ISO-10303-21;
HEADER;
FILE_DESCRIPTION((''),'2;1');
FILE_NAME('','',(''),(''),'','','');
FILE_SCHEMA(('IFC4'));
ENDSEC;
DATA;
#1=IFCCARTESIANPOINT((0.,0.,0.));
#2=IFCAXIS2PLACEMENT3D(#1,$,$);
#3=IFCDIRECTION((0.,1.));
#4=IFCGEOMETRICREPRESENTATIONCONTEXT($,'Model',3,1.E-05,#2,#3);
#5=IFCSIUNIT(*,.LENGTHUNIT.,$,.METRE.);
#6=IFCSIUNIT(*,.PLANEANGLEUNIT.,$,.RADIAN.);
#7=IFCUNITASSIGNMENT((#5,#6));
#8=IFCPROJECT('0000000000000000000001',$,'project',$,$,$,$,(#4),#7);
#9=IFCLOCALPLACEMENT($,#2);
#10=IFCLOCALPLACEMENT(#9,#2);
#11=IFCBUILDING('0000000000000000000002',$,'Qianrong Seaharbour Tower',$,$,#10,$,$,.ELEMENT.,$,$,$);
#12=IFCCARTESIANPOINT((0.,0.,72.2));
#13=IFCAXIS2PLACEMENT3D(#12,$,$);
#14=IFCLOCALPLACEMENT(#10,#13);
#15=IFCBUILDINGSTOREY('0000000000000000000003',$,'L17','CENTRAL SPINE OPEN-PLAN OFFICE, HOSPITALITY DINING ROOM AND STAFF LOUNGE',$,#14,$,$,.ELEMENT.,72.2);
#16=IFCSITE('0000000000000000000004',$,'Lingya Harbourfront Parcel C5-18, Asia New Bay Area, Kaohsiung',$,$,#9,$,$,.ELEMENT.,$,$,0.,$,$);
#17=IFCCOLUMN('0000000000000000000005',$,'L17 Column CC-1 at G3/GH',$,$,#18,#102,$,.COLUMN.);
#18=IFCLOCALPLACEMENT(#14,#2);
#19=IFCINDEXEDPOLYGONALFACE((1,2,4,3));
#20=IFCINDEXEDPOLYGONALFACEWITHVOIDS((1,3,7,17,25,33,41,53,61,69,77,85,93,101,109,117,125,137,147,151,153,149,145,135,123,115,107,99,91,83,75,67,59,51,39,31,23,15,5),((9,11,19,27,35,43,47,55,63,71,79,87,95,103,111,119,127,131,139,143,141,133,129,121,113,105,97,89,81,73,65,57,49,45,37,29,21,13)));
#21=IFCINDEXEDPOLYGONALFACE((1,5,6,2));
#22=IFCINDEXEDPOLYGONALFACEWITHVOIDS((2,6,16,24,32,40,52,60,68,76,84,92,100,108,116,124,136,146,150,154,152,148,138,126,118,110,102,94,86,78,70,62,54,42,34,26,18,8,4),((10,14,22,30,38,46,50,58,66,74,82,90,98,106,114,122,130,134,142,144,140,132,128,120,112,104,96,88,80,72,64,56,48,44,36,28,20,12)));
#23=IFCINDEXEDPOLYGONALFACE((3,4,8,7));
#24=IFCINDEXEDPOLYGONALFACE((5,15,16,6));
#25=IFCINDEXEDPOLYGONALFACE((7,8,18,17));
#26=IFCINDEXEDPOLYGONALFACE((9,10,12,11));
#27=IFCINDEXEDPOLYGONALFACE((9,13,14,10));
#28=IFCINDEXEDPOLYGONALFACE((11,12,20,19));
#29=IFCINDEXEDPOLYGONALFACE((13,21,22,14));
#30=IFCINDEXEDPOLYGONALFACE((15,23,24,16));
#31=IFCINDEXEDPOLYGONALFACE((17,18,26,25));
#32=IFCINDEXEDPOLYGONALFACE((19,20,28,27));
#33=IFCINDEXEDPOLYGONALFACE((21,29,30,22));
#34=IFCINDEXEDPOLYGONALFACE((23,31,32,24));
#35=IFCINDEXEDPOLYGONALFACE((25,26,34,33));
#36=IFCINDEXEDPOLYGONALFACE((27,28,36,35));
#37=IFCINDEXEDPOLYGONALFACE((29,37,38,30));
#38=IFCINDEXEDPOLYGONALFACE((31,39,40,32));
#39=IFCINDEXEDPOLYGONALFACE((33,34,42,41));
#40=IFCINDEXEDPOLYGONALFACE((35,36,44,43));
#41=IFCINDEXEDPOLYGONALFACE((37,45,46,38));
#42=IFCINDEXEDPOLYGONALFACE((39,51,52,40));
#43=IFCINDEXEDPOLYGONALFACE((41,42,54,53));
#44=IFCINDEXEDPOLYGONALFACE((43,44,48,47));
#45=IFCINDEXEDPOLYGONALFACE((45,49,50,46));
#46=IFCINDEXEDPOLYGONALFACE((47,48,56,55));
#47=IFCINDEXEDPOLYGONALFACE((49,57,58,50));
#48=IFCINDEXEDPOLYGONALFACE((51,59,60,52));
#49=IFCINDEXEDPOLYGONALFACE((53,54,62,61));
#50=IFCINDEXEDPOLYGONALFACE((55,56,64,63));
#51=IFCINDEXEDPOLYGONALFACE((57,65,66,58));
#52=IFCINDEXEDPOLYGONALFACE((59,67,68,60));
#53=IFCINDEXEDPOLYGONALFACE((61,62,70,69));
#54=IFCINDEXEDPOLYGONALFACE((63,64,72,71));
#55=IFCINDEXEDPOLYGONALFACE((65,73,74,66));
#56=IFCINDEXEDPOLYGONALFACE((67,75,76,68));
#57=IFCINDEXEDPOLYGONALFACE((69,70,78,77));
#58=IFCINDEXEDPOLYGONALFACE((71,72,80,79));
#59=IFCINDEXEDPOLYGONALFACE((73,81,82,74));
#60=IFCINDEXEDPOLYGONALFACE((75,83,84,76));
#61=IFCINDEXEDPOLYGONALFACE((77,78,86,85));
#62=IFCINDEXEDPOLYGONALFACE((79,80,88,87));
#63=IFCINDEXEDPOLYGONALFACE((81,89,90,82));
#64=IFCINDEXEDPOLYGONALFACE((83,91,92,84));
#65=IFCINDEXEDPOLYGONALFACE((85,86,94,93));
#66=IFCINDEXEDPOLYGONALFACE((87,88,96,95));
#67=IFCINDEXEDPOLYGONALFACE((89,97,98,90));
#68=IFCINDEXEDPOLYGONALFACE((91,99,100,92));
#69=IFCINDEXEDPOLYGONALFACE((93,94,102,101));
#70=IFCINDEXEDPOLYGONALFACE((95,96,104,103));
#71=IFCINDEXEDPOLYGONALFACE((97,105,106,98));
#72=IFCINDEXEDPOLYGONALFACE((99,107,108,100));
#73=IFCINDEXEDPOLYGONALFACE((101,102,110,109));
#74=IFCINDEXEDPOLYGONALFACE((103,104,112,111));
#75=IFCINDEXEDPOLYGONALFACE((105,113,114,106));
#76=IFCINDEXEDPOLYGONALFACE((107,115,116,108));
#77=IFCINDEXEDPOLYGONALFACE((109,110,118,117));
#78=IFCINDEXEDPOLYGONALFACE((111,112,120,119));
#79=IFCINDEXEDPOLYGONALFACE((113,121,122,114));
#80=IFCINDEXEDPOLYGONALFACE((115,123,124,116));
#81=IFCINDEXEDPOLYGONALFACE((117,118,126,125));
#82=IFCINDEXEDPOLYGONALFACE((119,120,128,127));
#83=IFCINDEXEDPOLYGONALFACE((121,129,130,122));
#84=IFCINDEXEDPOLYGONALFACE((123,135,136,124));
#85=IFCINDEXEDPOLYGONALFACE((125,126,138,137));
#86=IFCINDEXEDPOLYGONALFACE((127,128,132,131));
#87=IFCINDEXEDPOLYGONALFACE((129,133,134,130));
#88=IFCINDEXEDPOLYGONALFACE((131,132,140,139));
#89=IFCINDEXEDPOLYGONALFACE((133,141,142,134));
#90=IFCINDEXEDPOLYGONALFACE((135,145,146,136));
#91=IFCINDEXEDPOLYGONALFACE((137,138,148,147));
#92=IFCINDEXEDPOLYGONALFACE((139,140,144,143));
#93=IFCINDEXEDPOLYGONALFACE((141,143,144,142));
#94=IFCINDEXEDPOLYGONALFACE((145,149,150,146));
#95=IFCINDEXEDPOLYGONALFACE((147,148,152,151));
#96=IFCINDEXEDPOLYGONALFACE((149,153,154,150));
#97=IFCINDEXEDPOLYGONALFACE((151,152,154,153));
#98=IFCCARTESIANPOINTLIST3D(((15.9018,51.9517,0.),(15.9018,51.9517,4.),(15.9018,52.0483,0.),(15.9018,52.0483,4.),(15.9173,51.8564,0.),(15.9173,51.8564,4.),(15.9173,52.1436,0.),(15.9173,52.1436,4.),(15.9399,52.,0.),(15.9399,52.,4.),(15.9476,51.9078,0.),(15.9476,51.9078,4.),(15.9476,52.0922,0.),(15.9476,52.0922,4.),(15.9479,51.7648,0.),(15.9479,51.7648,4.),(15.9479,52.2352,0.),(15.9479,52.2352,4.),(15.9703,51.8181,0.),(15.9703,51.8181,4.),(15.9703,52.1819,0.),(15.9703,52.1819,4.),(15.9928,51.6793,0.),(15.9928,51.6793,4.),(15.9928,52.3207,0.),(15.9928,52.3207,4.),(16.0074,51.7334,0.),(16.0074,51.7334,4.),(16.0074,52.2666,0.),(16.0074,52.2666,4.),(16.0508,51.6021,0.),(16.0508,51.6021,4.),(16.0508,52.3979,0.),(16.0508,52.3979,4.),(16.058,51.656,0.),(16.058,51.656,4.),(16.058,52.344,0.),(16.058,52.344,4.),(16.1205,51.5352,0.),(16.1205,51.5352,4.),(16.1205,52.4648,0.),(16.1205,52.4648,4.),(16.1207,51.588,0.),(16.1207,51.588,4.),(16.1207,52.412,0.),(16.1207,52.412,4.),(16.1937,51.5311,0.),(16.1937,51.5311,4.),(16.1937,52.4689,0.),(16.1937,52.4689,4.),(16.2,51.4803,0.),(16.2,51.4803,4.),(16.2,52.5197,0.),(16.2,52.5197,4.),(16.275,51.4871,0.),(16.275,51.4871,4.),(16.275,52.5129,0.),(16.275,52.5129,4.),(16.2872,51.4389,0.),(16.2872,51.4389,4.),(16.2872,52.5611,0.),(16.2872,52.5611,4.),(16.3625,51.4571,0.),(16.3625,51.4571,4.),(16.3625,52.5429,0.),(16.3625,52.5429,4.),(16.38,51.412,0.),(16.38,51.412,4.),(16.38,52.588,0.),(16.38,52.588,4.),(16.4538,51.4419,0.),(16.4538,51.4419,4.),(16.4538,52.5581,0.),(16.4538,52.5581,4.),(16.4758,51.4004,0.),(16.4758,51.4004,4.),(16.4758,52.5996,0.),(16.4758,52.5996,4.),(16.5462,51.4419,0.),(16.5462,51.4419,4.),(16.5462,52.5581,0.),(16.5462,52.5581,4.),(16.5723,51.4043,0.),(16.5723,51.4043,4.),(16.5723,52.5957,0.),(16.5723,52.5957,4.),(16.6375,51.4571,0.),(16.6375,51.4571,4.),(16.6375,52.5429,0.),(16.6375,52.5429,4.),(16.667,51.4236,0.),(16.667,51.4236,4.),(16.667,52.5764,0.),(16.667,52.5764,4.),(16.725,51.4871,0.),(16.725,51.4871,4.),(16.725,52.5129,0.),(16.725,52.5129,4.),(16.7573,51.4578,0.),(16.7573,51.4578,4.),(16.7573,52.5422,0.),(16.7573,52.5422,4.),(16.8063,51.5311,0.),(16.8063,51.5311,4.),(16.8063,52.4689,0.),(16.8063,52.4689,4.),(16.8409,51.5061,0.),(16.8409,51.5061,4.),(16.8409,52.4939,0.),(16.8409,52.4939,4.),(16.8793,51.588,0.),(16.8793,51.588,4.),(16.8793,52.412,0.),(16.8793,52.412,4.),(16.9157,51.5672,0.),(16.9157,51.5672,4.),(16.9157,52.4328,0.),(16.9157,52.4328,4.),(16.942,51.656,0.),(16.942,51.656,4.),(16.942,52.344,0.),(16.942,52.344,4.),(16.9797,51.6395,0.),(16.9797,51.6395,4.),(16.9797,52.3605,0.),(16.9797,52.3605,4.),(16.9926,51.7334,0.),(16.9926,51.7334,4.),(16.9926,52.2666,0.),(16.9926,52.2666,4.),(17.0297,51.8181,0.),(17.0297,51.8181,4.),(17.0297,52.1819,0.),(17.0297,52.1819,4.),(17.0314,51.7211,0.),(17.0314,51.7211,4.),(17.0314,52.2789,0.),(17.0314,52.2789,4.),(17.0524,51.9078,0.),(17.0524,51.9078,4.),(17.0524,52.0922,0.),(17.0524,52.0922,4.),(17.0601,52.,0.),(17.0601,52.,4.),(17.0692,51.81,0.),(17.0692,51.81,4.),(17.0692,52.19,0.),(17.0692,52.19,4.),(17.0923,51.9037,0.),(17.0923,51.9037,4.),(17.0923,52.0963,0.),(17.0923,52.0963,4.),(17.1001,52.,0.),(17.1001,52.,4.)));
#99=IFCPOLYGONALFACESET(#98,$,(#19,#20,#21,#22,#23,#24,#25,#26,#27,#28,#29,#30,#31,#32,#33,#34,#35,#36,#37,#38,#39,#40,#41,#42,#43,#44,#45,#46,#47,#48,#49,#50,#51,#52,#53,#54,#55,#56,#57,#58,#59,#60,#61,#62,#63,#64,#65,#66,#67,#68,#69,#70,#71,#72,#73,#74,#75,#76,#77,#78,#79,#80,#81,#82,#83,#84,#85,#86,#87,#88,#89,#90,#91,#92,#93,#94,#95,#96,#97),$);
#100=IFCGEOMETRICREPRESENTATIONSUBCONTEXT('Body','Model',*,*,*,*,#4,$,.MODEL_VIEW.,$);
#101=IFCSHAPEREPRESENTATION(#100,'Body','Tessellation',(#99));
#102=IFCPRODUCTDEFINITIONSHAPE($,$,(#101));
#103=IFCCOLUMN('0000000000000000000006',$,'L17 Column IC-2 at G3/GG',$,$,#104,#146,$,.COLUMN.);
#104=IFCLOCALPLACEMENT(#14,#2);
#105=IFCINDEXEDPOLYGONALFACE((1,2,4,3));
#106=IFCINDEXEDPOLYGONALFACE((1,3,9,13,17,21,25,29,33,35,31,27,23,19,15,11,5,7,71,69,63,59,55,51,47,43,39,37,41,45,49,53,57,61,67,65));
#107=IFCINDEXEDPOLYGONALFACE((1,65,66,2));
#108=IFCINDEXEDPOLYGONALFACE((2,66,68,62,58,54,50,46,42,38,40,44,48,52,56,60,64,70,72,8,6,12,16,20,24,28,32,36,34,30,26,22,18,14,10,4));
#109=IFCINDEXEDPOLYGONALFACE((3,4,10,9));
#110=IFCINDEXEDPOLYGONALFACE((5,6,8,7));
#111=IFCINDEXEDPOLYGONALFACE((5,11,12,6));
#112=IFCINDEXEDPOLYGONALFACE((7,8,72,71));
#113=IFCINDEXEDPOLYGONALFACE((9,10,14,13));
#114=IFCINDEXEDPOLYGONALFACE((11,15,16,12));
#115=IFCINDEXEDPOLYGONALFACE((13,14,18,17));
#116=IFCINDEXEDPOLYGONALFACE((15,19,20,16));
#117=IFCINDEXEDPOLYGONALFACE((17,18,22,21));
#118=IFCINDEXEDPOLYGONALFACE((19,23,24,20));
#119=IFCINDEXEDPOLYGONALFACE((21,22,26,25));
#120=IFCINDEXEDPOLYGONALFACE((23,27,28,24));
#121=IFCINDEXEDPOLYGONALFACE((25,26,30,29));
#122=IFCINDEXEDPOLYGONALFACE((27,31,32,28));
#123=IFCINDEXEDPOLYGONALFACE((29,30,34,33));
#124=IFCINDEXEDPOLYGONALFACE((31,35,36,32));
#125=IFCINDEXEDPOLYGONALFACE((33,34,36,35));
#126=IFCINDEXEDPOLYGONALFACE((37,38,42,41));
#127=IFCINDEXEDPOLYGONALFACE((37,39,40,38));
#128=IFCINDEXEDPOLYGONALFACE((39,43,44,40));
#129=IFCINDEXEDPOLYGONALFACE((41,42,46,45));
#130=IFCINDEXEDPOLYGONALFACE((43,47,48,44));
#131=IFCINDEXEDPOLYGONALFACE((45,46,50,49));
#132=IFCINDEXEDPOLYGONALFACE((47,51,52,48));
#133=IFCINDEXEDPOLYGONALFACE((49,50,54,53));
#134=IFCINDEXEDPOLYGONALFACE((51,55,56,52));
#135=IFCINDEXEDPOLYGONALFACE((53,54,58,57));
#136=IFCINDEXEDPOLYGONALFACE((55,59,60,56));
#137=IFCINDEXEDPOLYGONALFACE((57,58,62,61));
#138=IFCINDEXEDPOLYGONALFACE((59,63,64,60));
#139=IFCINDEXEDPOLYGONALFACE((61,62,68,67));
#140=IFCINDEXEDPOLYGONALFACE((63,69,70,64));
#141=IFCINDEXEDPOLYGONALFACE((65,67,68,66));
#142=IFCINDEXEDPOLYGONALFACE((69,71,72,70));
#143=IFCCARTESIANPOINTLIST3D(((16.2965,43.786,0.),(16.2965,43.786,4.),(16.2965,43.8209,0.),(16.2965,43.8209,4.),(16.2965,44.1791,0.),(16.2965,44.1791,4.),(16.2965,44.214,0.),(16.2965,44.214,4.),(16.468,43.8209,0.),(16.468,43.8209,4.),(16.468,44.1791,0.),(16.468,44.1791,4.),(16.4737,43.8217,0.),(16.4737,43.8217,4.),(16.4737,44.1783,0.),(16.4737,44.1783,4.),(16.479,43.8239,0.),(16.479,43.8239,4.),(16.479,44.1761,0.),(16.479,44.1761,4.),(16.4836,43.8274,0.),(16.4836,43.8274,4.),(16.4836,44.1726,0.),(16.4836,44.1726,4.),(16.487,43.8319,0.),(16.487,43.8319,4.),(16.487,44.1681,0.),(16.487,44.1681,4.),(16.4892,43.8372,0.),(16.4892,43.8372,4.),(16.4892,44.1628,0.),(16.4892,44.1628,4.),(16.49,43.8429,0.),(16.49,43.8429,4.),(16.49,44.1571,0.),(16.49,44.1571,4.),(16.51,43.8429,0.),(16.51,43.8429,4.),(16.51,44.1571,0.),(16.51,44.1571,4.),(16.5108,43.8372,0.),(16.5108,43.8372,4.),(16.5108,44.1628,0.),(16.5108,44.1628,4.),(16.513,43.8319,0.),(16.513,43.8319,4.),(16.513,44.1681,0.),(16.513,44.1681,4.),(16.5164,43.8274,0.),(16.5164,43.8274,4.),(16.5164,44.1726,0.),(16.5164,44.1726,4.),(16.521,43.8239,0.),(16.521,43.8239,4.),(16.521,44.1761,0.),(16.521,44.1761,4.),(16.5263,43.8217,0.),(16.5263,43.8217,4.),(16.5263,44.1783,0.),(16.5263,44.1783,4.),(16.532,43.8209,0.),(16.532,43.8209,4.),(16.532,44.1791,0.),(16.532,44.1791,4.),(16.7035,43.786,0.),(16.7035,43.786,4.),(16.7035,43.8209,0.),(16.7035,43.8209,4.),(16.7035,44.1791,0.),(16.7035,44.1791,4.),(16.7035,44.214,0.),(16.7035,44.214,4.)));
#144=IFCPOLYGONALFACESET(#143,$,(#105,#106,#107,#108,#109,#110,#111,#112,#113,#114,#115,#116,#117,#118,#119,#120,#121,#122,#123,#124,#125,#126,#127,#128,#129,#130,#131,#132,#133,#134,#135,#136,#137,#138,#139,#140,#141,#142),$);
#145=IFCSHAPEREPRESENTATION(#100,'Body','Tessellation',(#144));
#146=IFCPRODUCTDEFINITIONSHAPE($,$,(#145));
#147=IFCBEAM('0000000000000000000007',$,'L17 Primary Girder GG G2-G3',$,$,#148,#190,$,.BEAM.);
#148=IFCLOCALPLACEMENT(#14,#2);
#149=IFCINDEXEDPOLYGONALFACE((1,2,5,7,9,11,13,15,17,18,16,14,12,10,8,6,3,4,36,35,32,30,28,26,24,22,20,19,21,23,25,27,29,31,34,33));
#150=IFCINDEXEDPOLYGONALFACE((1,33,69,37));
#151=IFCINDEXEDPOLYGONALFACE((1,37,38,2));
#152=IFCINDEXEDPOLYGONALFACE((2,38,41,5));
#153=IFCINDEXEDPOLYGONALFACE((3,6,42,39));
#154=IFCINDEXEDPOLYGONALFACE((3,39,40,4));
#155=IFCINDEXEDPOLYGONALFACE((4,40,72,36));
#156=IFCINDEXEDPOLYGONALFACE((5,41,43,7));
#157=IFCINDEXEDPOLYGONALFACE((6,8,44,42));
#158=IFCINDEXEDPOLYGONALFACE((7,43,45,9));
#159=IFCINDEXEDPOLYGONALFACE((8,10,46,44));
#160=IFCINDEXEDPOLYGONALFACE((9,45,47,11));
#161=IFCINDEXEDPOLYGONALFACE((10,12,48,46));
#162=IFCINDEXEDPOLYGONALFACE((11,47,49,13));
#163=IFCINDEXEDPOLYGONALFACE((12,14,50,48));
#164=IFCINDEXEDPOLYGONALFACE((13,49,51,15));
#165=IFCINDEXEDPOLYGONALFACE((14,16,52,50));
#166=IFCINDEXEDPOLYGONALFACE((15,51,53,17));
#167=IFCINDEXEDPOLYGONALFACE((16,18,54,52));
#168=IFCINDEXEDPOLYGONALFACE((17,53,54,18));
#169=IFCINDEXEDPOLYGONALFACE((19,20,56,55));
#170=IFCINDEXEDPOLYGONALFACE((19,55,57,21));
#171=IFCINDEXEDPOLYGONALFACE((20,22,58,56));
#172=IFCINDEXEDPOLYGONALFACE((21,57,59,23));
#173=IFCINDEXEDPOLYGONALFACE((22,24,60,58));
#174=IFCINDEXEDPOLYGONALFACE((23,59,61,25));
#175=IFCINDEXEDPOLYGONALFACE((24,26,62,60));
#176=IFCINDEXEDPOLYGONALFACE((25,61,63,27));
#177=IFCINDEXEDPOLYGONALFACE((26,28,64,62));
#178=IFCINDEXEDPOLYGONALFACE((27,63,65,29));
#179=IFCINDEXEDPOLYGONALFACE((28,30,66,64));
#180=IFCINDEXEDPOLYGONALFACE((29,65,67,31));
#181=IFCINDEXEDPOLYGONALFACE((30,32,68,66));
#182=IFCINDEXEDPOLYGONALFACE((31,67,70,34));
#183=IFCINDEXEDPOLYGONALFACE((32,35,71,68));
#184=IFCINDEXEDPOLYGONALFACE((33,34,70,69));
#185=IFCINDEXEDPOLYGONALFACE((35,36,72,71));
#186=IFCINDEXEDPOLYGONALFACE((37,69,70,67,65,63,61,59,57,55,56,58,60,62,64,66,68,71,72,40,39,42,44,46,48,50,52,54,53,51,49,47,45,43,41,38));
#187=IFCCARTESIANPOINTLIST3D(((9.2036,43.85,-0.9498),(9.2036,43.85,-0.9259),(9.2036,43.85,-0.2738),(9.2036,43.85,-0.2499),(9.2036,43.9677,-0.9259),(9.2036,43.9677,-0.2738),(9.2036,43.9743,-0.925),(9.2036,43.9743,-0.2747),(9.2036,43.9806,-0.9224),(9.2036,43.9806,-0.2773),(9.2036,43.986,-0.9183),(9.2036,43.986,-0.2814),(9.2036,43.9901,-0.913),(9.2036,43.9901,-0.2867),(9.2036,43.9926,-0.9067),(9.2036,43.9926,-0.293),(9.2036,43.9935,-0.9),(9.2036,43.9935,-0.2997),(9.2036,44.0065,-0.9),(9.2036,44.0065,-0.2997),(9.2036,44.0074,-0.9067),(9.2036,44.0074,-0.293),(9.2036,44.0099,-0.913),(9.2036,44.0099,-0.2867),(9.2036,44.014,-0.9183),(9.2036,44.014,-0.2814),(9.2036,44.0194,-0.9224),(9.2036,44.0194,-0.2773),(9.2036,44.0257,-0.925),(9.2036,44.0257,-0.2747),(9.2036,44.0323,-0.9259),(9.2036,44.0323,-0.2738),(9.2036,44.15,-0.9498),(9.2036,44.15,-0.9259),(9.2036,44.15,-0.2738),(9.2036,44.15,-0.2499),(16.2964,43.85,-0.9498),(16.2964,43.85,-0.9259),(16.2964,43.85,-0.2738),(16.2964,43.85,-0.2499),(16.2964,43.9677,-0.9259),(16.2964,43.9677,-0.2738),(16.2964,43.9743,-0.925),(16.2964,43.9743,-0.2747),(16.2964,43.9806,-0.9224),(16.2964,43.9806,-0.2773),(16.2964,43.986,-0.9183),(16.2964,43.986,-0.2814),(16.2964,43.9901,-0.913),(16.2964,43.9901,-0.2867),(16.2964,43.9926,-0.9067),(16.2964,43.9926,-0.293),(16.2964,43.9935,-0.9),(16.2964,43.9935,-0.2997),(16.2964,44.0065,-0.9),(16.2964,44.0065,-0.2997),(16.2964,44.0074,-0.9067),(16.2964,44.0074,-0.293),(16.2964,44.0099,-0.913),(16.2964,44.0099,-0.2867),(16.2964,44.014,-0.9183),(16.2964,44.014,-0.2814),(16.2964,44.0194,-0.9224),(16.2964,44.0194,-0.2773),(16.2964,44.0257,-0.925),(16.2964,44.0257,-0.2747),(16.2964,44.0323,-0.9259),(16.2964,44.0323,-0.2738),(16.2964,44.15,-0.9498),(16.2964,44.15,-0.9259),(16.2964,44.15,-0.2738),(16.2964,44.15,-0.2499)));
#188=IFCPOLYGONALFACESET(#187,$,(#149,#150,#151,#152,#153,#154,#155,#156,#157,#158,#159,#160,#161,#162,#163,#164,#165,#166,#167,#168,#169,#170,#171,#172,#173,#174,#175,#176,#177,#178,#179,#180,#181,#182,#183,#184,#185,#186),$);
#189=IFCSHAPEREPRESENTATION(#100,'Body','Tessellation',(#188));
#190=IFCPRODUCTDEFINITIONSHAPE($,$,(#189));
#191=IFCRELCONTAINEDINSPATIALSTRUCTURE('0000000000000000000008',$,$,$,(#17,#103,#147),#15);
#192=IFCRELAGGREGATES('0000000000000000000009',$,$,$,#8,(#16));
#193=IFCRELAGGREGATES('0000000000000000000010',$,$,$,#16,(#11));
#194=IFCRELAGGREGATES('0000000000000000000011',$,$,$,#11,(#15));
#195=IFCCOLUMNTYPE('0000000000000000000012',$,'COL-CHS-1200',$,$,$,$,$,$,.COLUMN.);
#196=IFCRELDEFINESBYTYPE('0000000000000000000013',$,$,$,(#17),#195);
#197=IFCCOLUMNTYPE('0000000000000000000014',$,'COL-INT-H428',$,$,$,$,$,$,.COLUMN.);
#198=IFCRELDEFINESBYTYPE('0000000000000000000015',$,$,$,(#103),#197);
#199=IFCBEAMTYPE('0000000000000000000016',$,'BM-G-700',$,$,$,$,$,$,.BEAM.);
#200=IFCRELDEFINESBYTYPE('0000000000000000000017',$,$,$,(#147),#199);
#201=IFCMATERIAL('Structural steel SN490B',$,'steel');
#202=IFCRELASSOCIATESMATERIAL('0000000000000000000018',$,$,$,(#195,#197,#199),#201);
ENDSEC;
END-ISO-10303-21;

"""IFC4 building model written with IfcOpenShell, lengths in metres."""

from ifc_helpers import new_model, si_unit, direction, frame, origin, origin_2d, place, context, subcontext, project, spatial, hollow_circle, i_section, extrude, material, material_profile, profile_set, type_object, element, save


model = new_model("IFC4")

# Units and contexts
model_context = context("Model", 3, precision=1e-05, world=origin(), true_north=direction((0.0, 1.0)))
body_context = subcontext(model_context, "Body", "Model", "MODEL_VIEW")
ifc_project = project(units=[si_unit("LENGTHUNIT", "METRE"), si_unit("PLANEANGLEUNIT", "RADIAN")], contexts=[model_context])

# Site, building, storey
site_placement = place(None, origin())
site = spatial("IfcSite", under=ifc_project, at=site_placement, Name="Lingya Harbourfront Parcel C5-18, Asia New Bay Area, Kaohsiung", CompositionType="ELEMENT", RefElevation=0.0)
building_placement = place(site_placement, origin())
building = spatial("IfcBuilding", under=site, at=building_placement, Name="Qianrong Seaharbour Tower", CompositionType="ELEMENT")
storey_placement = place(building_placement, frame((0.0, 0.0, 72.2)))
storey = spatial("IfcBuildingStorey", under=building, at=storey_placement, Name="L17", Description="CENTRAL SPINE OPEN-PLAN OFFICE, HOSPITALITY DINING ROOM AND STAFF LOUNGE", CompositionType="ELEMENT", Elevation=72.2)

# Columns
ifc_material_1 = material(Name="Structural steel SN490B", Category="steel")
ifc_material_profile_1 = material_profile(ifc_material_1, hollow_circle(Radius=0.6001, WallThickness=0.04, at=origin_2d()), Name="CHS1200x40")
ifc_profile_set_1 = profile_set([ifc_material_profile_1], Name="Structural steel SN490B")
column_type_1 = type_object("IfcColumnType", Name="COL-CHS-1200", PredefinedType="COLUMN", material=ifc_profile_set_1)
column_1_placement = place(storey_placement, frame((16.5, 52.0, 0.0), z_axis=(0.0, 0.0, 1.0), x_axis=(1.0, 0.0, 0.0)))
element("IfcColumn", 1, at=column_1_placement, inside=storey, type_object=column_type_1, Name="L17 Column CC-1 at G3/GH", PredefinedType="COLUMN", context=body_context, shape_type="SweptSolid", body=[
    extrude(hollow_circle(Radius=0.6001, WallThickness=0.04, at=origin_2d()), origin(), (0.0, 0.0, 1.0), 4.0),
])
ifc_material_profile_2 = material_profile(ifc_material_1, i_section(OverallWidth=0.407, OverallDepth=0.428, WebThickness=0.02, FlangeThickness=0.0349, FilletRadius=0.022, at=origin_2d()), Name="H428x407x20x35")
ifc_profile_set_2 = profile_set([ifc_material_profile_2], Name="Structural steel SN490B")
column_type_2 = type_object("IfcColumnType", Name="COL-INT-H428", PredefinedType="COLUMN", material=ifc_profile_set_2)
column_2_placement = place(storey_placement, frame((16.5, 44.0, 0.0), z_axis=(0.0, 0.0, 1.0), x_axis=(1.0, 0.0, 0.0)))
element("IfcColumn", 2, at=column_2_placement, inside=storey, type_object=column_type_2, Name="L17 Column IC-2 at G3/GG", PredefinedType="COLUMN", context=body_context, shape_type="SweptSolid", body=[
    extrude(i_section(OverallWidth=0.407, OverallDepth=0.428, WebThickness=0.02, FlangeThickness=0.0349, FilletRadius=0.022, at=origin_2d()), origin(), (0.0, 0.0, 1.0), 4.0),
])

# Beam
ifc_material_profile_3 = material_profile(ifc_material_1, i_section(OverallWidth=0.3, OverallDepth=0.7, WebThickness=0.0129, FlangeThickness=0.0239, FilletRadius=0.0259, at=origin_2d()), Name="H700x300x13x24")
ifc_profile_set_3 = profile_set([ifc_material_profile_3], Name="Structural steel SN490B")
beam_type_1 = type_object("IfcBeamType", Name="BM-G-700", PredefinedType="BEAM", material=ifc_profile_set_3)
beam_1_placement = place(storey_placement, frame((9.2036, 44.0, -0.5999), z_axis=(1.0, 0.0, 0.0), x_axis=(0.0, 1.0, 0.0)))
element("IfcBeam", 3, at=beam_1_placement, inside=storey, type_object=beam_type_1, Name="L17 Primary Girder GG G2-G3", PredefinedType="BEAM", context=body_context, shape_type="SweptSolid", body=[
    extrude(i_section(OverallWidth=0.3, OverallDepth=0.7, WebThickness=0.0129, FlangeThickness=0.0239, FilletRadius=0.0259, at=origin_2d()), origin(), (0.0, 0.0, 1.0), 7.0928),
])

save(model, "model.ifc")
